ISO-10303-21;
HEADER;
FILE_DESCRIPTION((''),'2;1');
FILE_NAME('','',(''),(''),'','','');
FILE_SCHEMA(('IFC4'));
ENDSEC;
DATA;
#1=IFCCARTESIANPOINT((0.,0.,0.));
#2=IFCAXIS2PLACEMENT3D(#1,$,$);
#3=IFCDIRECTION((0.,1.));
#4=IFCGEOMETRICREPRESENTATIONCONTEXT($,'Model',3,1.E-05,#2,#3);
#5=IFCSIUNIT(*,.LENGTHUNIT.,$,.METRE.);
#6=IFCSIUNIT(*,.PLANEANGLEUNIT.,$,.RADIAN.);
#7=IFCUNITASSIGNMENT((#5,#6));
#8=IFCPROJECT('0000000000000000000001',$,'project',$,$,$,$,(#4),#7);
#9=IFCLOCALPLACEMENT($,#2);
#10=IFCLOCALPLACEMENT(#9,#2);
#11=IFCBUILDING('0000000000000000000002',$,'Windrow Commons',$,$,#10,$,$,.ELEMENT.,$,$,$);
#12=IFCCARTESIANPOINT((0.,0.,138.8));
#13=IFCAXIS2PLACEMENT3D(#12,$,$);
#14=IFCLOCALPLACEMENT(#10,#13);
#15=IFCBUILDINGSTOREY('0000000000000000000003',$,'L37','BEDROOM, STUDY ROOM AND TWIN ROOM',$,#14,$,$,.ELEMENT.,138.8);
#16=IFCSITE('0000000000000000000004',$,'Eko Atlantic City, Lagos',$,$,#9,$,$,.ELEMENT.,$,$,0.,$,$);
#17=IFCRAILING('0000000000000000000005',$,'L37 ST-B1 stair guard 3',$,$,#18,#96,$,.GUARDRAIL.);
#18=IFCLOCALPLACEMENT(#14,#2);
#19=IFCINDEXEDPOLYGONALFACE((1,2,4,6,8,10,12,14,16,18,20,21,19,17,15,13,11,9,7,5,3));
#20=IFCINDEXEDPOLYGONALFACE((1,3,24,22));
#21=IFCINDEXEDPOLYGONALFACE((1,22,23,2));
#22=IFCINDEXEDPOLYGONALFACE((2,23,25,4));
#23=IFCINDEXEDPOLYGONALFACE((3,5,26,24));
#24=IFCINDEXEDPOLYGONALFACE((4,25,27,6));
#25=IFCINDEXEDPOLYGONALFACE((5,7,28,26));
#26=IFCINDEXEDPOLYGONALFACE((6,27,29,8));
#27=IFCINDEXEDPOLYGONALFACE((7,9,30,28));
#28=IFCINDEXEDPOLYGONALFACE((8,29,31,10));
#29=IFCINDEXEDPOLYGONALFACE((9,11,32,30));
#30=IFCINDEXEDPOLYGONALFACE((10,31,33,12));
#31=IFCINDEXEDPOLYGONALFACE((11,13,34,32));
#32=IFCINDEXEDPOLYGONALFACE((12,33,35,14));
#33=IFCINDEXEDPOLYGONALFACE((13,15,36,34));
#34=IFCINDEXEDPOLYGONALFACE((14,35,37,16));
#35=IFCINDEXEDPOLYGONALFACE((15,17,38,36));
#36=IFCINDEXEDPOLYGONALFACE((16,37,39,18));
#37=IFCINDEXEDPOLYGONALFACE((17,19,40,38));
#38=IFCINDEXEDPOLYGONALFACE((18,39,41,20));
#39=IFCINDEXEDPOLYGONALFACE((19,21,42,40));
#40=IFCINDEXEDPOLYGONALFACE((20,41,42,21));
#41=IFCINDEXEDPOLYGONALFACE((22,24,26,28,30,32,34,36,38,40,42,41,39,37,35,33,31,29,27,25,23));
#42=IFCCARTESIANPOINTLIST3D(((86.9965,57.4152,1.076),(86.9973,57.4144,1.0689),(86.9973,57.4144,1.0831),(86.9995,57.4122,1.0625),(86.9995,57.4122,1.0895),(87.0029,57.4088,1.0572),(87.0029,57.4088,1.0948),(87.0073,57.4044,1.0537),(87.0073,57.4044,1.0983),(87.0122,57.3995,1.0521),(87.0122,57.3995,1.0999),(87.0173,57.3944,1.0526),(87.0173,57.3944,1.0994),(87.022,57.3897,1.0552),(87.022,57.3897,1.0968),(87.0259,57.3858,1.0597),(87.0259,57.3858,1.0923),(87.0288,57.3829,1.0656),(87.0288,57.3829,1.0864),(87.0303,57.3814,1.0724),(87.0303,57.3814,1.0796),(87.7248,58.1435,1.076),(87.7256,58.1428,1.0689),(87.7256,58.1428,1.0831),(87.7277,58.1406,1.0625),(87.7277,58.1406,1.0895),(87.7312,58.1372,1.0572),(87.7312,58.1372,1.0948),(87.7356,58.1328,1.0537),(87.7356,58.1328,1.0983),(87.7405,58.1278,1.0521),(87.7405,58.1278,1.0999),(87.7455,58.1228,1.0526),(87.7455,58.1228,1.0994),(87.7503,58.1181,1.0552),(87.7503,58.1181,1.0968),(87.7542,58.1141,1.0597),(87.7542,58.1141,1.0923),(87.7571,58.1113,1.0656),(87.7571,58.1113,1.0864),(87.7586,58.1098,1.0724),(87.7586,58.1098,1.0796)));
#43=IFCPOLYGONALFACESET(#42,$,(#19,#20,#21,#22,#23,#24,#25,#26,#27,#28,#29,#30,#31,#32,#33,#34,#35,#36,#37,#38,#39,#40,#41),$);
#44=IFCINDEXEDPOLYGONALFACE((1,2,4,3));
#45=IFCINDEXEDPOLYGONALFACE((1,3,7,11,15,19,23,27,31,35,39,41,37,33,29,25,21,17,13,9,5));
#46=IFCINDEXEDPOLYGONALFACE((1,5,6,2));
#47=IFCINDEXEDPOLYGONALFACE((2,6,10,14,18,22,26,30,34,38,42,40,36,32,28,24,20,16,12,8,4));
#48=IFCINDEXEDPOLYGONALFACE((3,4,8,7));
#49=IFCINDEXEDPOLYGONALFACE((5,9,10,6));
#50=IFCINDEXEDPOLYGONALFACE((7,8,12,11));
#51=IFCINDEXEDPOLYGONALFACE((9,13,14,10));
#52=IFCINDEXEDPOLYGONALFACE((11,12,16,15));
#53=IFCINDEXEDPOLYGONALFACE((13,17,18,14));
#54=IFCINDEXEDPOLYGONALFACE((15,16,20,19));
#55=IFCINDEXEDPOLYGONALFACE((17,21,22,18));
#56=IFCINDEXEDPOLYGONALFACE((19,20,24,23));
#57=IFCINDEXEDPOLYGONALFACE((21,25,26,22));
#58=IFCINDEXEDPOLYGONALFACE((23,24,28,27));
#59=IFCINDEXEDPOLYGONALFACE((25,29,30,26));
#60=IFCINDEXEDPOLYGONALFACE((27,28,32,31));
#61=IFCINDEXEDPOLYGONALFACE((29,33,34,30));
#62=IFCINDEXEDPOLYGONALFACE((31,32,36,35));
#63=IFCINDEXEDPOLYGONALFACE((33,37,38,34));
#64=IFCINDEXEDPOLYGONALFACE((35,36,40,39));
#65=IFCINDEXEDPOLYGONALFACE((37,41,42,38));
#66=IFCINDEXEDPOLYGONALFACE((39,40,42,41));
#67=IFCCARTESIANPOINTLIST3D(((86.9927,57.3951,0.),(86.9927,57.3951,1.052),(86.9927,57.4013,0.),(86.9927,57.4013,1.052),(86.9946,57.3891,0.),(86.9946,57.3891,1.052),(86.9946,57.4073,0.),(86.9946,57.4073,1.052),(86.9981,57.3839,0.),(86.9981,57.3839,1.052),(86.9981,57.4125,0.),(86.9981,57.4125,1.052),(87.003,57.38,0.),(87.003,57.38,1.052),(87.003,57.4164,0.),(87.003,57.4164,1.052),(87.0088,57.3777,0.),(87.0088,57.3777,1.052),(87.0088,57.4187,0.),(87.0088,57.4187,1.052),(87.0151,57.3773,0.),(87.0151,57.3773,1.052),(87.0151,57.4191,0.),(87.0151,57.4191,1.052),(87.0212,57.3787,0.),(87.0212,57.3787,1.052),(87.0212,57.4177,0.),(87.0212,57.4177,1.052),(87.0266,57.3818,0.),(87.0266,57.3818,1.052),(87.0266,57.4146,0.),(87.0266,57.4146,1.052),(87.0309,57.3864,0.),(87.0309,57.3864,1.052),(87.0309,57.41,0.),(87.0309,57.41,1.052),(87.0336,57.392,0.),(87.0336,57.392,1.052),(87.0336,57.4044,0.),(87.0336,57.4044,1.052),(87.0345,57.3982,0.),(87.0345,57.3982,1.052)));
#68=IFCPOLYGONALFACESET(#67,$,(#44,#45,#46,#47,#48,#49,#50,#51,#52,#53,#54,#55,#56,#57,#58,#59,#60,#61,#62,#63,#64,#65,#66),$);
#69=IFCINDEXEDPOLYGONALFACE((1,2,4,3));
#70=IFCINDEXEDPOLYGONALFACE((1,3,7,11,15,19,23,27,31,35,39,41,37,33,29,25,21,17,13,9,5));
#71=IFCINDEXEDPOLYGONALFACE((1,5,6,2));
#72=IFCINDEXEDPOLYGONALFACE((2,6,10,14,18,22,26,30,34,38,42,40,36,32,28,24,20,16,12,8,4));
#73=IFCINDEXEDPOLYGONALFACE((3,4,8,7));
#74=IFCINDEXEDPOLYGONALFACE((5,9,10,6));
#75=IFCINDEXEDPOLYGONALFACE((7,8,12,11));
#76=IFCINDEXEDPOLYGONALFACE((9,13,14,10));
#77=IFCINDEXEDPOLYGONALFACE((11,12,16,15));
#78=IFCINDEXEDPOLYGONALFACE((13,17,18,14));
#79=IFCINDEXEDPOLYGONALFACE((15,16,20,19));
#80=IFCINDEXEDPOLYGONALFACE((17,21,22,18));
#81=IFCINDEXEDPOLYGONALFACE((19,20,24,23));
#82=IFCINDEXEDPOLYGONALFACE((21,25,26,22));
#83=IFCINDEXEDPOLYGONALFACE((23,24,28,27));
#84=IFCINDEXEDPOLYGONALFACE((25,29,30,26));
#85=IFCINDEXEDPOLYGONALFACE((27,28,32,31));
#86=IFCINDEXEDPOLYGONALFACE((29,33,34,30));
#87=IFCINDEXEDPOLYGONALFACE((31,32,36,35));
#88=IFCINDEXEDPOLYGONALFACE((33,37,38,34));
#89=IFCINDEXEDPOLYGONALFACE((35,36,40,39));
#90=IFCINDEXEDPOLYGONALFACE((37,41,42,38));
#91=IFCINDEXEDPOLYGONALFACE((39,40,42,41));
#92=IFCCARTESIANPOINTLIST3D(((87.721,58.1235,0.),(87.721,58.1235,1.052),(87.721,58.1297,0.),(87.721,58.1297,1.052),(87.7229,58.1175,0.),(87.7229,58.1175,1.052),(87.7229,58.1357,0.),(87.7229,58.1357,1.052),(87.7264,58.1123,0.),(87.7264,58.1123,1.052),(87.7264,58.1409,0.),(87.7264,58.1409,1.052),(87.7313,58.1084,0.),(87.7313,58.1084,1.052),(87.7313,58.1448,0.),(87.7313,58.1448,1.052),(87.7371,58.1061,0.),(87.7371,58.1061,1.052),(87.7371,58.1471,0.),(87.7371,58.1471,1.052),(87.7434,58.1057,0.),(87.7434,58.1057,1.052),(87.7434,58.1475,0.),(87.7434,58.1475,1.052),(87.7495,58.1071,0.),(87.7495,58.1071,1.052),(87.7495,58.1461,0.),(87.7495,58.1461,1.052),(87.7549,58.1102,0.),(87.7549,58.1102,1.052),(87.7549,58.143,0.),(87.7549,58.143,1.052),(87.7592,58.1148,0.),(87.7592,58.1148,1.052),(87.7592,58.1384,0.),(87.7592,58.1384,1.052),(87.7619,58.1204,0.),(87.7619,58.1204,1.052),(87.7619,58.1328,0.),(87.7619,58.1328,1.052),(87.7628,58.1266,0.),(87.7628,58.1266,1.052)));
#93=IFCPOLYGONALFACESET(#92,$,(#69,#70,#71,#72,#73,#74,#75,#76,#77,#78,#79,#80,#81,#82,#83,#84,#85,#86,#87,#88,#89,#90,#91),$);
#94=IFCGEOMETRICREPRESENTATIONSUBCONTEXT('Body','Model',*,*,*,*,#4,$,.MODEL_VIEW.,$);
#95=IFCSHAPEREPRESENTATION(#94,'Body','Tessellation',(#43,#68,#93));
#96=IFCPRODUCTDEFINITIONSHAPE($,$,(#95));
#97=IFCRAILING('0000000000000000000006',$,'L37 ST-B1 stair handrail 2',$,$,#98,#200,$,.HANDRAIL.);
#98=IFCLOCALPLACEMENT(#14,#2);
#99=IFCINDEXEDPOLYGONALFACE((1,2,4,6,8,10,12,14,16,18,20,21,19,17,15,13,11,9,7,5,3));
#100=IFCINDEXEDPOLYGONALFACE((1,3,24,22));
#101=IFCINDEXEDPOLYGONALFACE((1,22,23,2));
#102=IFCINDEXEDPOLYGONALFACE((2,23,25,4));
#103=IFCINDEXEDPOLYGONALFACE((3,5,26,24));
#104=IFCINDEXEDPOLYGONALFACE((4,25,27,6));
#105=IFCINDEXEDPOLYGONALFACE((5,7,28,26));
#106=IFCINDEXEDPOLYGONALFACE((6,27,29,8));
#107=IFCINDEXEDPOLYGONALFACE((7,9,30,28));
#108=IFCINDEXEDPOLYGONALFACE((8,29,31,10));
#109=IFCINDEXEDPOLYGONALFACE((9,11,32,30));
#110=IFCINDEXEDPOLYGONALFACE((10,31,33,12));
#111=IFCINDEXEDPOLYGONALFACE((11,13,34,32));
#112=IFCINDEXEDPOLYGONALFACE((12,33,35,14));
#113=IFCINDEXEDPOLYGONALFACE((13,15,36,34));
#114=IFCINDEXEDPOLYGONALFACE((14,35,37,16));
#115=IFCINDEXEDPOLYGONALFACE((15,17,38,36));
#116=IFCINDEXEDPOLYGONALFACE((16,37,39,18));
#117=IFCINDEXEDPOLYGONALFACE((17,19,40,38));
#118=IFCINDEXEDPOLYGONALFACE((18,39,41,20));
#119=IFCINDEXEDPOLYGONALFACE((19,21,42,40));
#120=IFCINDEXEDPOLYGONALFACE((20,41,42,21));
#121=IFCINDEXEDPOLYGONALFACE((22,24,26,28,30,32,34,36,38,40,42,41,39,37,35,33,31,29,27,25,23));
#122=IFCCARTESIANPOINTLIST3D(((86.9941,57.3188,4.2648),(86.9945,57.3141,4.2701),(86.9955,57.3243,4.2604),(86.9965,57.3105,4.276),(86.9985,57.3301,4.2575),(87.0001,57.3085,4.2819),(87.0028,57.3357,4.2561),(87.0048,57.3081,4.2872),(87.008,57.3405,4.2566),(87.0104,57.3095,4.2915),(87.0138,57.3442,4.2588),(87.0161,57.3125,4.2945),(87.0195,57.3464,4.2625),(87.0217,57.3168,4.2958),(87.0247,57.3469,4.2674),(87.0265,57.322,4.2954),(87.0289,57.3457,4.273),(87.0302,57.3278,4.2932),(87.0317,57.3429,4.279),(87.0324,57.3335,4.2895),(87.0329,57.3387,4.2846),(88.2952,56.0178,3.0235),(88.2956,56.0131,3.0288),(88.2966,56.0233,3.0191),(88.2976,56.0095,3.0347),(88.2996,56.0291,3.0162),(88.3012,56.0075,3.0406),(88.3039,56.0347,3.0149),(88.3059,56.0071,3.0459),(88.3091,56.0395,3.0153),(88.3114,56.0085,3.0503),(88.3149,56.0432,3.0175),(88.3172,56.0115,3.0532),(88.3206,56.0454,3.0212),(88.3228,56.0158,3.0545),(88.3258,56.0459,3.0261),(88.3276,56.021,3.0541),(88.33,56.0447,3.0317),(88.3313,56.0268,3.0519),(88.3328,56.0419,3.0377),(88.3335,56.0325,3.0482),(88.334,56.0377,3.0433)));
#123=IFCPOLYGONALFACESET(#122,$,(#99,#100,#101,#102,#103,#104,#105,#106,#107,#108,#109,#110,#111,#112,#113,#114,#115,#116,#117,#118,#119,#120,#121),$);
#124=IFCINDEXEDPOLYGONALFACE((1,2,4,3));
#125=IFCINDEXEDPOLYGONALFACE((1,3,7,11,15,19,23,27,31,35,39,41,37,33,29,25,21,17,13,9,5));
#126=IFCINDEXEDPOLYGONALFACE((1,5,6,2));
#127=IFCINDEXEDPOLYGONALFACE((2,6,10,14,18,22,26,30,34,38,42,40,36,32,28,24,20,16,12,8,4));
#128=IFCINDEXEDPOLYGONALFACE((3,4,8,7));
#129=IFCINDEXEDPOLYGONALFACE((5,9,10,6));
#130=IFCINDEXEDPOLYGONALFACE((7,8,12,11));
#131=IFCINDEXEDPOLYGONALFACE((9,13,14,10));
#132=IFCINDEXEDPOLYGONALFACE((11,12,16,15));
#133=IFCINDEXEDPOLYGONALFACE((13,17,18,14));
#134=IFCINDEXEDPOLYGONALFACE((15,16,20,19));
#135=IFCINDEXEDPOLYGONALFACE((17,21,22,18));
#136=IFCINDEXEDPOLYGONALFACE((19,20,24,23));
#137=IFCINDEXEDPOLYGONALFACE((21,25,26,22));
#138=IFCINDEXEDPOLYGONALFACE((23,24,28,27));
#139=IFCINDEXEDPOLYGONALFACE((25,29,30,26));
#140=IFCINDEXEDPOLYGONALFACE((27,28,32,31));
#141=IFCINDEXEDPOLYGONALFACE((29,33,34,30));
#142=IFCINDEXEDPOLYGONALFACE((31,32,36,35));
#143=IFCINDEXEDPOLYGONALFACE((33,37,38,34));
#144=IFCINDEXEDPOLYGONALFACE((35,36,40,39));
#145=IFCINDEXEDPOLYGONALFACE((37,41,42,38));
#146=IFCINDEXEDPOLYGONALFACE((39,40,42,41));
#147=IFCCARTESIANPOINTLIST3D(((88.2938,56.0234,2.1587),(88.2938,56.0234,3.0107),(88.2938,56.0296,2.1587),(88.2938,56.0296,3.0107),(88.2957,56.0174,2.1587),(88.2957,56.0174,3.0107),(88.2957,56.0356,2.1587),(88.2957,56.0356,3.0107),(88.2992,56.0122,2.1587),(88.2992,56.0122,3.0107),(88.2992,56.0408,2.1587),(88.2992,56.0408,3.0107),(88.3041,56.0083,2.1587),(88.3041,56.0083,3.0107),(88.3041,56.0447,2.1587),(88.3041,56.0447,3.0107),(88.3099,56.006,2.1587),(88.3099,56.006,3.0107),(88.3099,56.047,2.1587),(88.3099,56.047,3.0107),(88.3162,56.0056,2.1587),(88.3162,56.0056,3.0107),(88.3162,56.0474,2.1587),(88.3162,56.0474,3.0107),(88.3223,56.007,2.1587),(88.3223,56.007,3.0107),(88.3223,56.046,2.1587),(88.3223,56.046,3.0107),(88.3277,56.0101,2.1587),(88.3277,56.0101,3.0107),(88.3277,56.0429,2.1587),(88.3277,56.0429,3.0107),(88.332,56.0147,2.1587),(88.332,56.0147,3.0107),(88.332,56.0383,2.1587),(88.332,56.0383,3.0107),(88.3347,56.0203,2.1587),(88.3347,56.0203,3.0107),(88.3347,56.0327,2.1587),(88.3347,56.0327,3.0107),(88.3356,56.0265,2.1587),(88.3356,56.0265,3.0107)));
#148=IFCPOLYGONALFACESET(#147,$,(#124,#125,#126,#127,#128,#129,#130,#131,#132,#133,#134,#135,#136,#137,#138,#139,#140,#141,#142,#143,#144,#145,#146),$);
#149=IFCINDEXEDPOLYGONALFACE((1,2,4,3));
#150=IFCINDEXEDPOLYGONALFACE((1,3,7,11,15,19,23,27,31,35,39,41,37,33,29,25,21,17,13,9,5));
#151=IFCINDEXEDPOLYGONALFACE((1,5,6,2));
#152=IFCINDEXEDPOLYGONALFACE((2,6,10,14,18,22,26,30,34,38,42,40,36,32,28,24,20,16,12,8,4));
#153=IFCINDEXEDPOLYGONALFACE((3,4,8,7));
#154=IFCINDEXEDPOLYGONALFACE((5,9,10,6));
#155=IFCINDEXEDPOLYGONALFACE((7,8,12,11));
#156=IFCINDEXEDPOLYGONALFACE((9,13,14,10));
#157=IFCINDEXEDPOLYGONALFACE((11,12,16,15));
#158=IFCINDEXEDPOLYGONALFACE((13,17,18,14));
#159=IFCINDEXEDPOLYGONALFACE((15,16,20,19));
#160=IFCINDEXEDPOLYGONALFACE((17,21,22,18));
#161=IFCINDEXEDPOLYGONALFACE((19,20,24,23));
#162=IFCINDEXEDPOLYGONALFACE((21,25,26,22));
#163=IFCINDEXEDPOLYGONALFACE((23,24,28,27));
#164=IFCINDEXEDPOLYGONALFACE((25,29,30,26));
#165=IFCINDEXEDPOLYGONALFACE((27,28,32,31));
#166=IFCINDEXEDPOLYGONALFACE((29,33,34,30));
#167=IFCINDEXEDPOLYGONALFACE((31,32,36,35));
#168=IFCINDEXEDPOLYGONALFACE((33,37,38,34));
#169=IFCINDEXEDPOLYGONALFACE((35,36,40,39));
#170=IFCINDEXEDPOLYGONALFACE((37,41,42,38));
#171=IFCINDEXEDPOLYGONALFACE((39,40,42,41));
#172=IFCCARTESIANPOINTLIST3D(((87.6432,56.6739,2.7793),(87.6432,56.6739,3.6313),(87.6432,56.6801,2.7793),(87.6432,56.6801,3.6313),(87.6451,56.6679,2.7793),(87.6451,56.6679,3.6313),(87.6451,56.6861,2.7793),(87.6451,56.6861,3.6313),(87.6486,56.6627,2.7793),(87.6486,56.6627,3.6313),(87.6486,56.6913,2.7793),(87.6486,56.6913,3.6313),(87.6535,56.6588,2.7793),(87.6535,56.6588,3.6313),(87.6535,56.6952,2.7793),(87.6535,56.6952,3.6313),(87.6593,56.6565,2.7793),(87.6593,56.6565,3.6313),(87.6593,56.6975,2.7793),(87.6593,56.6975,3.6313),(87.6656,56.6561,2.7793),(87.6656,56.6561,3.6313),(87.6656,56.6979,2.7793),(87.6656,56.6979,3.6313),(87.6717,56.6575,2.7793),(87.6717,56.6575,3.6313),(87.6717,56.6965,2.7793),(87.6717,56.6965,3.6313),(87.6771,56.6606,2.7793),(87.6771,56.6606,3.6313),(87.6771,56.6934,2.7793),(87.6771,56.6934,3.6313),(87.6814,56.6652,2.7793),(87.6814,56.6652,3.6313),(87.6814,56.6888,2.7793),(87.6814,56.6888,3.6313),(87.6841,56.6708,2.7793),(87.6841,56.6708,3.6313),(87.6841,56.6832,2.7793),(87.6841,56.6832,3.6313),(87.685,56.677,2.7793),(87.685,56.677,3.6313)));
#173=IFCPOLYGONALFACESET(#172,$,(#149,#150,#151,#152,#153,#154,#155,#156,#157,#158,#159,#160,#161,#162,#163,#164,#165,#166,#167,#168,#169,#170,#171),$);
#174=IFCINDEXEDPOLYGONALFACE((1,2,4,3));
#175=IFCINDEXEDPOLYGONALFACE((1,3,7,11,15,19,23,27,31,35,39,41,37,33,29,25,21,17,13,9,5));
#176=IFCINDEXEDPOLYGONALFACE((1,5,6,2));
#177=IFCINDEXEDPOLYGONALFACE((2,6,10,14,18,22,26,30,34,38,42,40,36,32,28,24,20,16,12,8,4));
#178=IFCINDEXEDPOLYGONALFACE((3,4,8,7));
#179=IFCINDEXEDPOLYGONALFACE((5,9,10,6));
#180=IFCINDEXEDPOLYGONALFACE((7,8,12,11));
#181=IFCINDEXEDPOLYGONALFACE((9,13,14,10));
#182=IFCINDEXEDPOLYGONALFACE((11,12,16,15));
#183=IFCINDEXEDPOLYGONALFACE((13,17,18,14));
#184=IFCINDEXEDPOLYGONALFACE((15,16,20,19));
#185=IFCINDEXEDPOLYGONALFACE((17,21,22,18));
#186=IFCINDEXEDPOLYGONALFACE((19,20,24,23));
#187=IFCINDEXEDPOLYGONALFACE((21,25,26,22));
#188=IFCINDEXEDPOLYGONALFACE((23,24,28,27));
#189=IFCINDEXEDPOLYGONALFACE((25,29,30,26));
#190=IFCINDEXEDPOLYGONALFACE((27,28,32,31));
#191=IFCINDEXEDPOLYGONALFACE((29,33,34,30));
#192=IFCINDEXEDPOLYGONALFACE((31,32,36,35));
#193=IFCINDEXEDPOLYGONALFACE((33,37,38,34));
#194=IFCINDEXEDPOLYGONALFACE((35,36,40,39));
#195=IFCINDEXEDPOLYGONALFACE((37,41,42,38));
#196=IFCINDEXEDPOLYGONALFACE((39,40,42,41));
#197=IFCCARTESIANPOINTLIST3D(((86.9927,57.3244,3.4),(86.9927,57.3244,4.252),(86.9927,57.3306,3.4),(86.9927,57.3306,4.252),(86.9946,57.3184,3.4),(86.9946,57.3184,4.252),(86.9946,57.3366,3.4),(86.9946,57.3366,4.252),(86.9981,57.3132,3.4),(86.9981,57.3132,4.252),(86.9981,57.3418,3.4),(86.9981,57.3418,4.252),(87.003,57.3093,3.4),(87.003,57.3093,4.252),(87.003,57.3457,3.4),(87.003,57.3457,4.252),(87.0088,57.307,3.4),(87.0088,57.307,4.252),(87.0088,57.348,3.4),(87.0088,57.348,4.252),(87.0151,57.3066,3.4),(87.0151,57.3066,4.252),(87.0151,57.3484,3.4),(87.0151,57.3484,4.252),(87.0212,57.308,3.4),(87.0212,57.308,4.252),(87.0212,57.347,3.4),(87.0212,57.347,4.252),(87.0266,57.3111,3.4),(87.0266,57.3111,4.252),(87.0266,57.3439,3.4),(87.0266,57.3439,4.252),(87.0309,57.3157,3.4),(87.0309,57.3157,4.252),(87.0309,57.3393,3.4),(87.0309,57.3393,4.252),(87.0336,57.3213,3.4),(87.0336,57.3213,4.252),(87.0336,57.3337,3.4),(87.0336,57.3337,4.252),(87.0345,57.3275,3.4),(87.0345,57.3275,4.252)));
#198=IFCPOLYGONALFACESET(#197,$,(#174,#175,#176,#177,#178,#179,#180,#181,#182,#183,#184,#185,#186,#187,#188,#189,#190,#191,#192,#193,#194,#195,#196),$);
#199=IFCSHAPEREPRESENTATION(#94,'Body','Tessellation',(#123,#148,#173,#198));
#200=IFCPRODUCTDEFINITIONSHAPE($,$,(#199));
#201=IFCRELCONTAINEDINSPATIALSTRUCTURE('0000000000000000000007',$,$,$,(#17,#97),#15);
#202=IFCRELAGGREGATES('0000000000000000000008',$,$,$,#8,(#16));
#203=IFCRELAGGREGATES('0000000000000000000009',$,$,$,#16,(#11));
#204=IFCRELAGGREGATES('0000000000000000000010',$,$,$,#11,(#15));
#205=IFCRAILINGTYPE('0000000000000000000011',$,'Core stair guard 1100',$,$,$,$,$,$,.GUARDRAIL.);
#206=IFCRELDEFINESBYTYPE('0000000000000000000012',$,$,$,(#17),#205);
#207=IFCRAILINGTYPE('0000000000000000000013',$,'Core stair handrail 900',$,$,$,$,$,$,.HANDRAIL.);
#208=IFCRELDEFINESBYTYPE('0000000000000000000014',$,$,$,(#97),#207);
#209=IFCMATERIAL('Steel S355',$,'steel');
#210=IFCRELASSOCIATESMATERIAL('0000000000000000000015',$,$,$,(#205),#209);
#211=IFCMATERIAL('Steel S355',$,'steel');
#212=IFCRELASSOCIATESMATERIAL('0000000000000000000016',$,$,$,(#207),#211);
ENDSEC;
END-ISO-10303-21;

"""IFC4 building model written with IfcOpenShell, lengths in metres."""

from ifc_helpers import new_model, si_unit, direction, frame, origin, origin_2d, place, context, subcontext, project, spatial, circle, extrude, material, type_object, element, save


model = new_model("IFC4")

# Units and contexts
model_context = context("Model", 3, precision=1e-05, world=origin(), true_north=direction((0.0, 1.0)))
body_context = subcontext(model_context, "Body", "Model", "MODEL_VIEW")
ifc_project = project(units=[si_unit("LENGTHUNIT", "METRE"), si_unit("PLANEANGLEUNIT", "RADIAN")], contexts=[model_context])

# Site, building, storey
site_placement = place(None, origin())
site = spatial("IfcSite", under=ifc_project, at=site_placement, Name="Eko Atlantic City, Lagos", CompositionType="ELEMENT", RefElevation=0.0)
building_placement = place(site_placement, origin())
building = spatial("IfcBuilding", under=site, at=building_placement, Name="Windrow Commons", CompositionType="ELEMENT")
storey_placement = place(building_placement, frame((0.0, 0.0, 138.8)))
storey = spatial("IfcBuildingStorey", under=building, at=storey_placement, Name="L37", Description="BEDROOM, STUDY ROOM AND TWIN ROOM", CompositionType="ELEMENT", Elevation=138.8)

# Railings
ifc_material_1 = material(Name="Steel S355", Category="steel")
railing_type_1 = type_object("IfcRailingType", Name="Core stair guard 1100", PredefinedType="GUARDRAIL", material=ifc_material_1)
railing_1_placement = place(storey_placement, frame((87.0135, 57.3982, 0.0)))
element("IfcRailing", 1, at=railing_1_placement, inside=storey, type_object=railing_type_1, Name="L37 ST-B1 stair guard 3", PredefinedType="GUARDRAIL", context=body_context, shape_type="SweptSolid", body=[
    extrude(circle(Radius=0.024, at=origin_2d()), frame((0.0, 0.0, 1.076), z_axis=(0.707058, 0.707155, 0.0), x_axis=(-0.707155, 0.707058, 0.0)), (0.0, 0.0, 1.0), 1.03),
    extrude(circle(Radius=0.021, at=origin_2d()), origin(), (0.0, 0.0, 1.0), 1.052),
    extrude(circle(Radius=0.021, at=origin_2d()), frame((0.7283, 0.7284, 0.0)), (0.0, 0.0, 1.0), 1.052),
])
ifc_material_2 = material(Name="Steel S355", Category="steel")
railing_type_2 = type_object("IfcRailingType", Name="Core stair handrail 900", PredefinedType="HANDRAIL", material=ifc_material_2)
railing_2_placement = place(storey_placement, frame((88.3146, 56.0265, 2.1587)))
element("IfcRailing", 2, at=railing_2_placement, inside=storey, type_object=railing_type_2, Name="L37 ST-B1 stair handrail 2", PredefinedType="HANDRAIL", context=body_context, shape_type="SweptSolid", body=[
    extrude(circle(Radius=0.024, at=origin_2d()), frame((0.0, 0.0, 0.876), z_axis=(-0.586207, 0.586162, 0.559264), x_axis=(-0.70708, -0.707134, 0.0)), (0.0, 0.0, 1.0), 2.2195),
    extrude(circle(Radius=0.021, at=origin_2d()), origin(), (0.0, 0.0, 1.0), 0.852),
    extrude(circle(Radius=0.021, at=origin_2d()), frame((-0.6506, 0.6505, 0.6206)), (0.0, 0.0, 1.0), 0.852),
    extrude(circle(Radius=0.021, at=origin_2d()), frame((-1.3011, 1.301, 1.2413)), (0.0, 0.0, 1.0), 0.852),
])

save(model, "model.ifc")
